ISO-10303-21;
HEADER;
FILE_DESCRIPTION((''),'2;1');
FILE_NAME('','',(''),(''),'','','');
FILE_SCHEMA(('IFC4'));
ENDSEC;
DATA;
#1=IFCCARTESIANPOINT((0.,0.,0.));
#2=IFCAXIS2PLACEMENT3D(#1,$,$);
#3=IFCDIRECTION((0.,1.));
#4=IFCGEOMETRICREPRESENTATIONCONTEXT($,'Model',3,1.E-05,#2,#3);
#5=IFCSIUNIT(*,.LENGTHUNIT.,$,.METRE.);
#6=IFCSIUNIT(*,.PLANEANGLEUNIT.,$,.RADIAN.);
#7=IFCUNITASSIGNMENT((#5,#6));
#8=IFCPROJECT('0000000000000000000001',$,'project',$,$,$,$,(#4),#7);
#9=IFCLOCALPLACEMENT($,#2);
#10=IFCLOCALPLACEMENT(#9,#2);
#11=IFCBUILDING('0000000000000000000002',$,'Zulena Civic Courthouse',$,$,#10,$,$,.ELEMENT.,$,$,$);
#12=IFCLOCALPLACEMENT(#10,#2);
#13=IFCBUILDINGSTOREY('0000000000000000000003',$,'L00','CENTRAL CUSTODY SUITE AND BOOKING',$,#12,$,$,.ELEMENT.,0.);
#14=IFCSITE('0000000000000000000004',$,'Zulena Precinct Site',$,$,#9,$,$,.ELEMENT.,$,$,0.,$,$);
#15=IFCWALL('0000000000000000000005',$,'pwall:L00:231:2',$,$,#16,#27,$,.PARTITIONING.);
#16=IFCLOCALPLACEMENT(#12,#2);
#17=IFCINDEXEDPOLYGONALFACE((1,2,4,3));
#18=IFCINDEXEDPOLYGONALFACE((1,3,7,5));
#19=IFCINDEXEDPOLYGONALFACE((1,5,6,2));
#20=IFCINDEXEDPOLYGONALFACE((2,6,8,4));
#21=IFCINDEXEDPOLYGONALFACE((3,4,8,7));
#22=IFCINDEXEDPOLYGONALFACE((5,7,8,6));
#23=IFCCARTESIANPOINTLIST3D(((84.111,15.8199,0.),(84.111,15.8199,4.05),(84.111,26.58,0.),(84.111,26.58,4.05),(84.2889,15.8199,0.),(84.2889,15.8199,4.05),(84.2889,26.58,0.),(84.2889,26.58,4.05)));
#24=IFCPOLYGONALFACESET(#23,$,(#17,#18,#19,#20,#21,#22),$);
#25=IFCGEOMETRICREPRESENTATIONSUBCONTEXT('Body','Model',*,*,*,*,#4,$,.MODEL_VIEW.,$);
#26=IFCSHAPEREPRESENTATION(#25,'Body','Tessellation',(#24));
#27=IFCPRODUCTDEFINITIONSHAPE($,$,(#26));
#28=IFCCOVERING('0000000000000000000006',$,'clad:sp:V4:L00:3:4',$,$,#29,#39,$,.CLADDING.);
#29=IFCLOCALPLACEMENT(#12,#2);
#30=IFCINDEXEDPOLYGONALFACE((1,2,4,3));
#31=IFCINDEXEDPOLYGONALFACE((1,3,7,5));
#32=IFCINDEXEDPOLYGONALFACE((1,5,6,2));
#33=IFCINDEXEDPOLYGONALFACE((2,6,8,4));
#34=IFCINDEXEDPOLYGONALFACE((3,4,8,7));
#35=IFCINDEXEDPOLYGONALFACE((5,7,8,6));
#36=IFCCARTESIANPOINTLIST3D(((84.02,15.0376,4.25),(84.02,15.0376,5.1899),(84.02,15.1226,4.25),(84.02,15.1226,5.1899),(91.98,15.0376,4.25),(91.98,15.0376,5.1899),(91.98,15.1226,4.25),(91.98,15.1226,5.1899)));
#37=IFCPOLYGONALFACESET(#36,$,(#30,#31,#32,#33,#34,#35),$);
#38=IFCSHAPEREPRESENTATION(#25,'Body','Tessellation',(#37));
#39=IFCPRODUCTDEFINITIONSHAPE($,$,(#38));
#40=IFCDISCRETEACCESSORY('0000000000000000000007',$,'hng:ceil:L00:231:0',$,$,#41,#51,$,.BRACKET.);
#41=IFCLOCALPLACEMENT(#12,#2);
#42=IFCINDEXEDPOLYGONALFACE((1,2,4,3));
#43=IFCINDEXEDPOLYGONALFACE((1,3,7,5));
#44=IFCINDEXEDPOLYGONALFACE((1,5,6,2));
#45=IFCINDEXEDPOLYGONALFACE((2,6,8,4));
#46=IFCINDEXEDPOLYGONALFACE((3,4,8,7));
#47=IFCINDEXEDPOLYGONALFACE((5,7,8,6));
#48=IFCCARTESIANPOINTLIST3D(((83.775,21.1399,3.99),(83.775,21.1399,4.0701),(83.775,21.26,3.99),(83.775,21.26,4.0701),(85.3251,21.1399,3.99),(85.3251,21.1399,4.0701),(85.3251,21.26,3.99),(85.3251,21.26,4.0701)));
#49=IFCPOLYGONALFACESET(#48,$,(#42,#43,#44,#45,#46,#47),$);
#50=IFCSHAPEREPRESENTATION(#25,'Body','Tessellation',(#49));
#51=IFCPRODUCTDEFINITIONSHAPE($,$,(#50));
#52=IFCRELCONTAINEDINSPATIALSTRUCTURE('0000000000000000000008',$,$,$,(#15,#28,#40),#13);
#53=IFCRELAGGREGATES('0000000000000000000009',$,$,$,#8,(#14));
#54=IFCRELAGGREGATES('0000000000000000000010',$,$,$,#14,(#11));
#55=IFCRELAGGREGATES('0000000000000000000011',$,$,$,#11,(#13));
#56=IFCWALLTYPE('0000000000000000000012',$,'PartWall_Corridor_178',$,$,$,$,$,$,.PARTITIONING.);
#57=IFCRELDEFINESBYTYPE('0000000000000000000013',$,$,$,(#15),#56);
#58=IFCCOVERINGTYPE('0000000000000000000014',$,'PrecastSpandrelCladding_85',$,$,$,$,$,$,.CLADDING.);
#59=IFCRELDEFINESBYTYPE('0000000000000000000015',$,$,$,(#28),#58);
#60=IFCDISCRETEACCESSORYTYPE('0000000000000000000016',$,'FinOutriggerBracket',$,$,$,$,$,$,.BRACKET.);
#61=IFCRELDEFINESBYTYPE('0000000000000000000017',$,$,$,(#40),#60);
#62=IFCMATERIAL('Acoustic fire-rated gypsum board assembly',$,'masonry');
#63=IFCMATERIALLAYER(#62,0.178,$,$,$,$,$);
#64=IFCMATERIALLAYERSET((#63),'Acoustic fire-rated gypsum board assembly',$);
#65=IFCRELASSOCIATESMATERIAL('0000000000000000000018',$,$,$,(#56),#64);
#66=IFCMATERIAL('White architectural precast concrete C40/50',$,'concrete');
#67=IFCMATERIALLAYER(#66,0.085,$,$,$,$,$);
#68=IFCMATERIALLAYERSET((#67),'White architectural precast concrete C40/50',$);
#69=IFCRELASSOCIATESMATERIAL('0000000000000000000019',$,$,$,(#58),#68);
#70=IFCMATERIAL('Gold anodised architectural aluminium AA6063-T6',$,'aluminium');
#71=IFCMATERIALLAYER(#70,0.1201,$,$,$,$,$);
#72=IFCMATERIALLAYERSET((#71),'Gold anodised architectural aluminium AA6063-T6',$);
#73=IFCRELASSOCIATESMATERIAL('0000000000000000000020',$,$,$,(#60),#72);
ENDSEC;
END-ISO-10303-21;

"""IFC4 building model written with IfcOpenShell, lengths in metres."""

from ifc_helpers import new_model, si_unit, direction, frame, frame_2d, origin, origin_2d, place, context, subcontext, project, spatial, rectangle, extrude, material, layer, layer_set, type_object, element, save


model = new_model("IFC4")

# Units and contexts
model_context = context("Model", 3, precision=1e-05, world=origin(), true_north=direction((0.0, 1.0)))
body_context = subcontext(model_context, "Body", "Model", "MODEL_VIEW")
ifc_project = project(units=[si_unit("LENGTHUNIT", "METRE"), si_unit("PLANEANGLEUNIT", "RADIAN")], contexts=[model_context])

# Site, building, storey
site_placement = place(None, origin())
site = spatial("IfcSite", under=ifc_project, at=site_placement, Name="Zulena Precinct Site", CompositionType="ELEMENT", RefElevation=0.0)
building_placement = place(site_placement, origin())
building = spatial("IfcBuilding", under=site, at=building_placement, Name="Zulena Civic Courthouse", CompositionType="ELEMENT")
storey_placement = place(building_placement, origin())
storey = spatial("IfcBuildingStorey", under=building, at=storey_placement, Name="L00", Description="CENTRAL CUSTODY SUITE AND BOOKING", CompositionType="ELEMENT", Elevation=0.0)

# Wall
ifc_material_1 = material(Name="Acoustic fire-rated gypsum board assembly", Category="masonry")
ifc_layer_1 = layer(ifc_material_1, 0.178)
ifc_layer_set_1 = layer_set([ifc_layer_1], Name="Acoustic fire-rated gypsum board assembly")
wall_type_1 = type_object("IfcWallType", Name="PartWall_Corridor_178", PredefinedType="PARTITIONING", material=ifc_layer_set_1)
wall_1_placement = place(storey_placement, frame((84.2, 15.8201, 0.0), z_axis=(0.0, 0.0, 1.0), x_axis=(0.0, 1.0, 0.0)))
element("IfcWall", 1, at=wall_1_placement, inside=storey, type_object=wall_type_1, Name="pwall:L00:231:2", PredefinedType="PARTITIONING", context=body_context, shape_type="SweptSolid", body=[
    extrude(rectangle(XDim=10.76, YDim=0.178, at=frame_2d((5.3799, 0.0))), origin(), (0.0, 0.0, 1.0), 4.05),
])

# Covering
ifc_material_2 = material(Name="White architectural precast concrete C40/50", Category="concrete")
ifc_layer_2 = layer(ifc_material_2, 0.085)
ifc_layer_set_2 = layer_set([ifc_layer_2], Name="White architectural precast concrete C40/50")
covering_type = type_object("IfcCoveringType", Name="PrecastSpandrelCladding_85", PredefinedType="CLADDING", material=ifc_layer_set_2)
covering_placement = place(storey_placement, frame((88.0, 15.0801, 4.25), z_axis=(0.0, 0.0, 1.0), x_axis=(-1.0, 0.0, 0.0)))
element("IfcCovering", 2, at=covering_placement, inside=storey, type_object=covering_type, Name="clad:sp:V4:L00:3:4", PredefinedType="CLADDING", context=body_context, shape_type="SweptSolid", body=[
    extrude(rectangle(XDim=7.96, YDim=0.085, at=origin_2d()), origin(), (0.0, 0.0, 1.0), 0.9399),
])

# Discrete accessory
ifc_material_3 = material(Name="Gold anodised architectural aluminium AA6063-T6", Category="aluminium")
ifc_layer_3 = layer(ifc_material_3, 0.1201)
ifc_layer_set_3 = layer_set([ifc_layer_3], Name="Gold anodised architectural aluminium AA6063-T6")
discrete_accessory_type = type_object("IfcDiscreteAccessoryType", Name="FinOutriggerBracket", PredefinedType="BRACKET", material=ifc_layer_set_3)
discrete_accessory_placement = place(storey_placement, frame((84.55, 21.2, 3.99), z_axis=(0.0, 0.0, 1.0), x_axis=(1.0, 0.0, 0.0)))
element("IfcDiscreteAccessory", 3, at=discrete_accessory_placement, inside=storey, type_object=discrete_accessory_type, Name="hng:ceil:L00:231:0", PredefinedType="BRACKET", context=body_context, shape_type="SweptSolid", body=[
    extrude(rectangle(XDim=1.55, YDim=0.1201, at=origin_2d()), origin(), (0.0, 0.0, 1.0), 0.0801),
])

save(model, "model.ifc")
